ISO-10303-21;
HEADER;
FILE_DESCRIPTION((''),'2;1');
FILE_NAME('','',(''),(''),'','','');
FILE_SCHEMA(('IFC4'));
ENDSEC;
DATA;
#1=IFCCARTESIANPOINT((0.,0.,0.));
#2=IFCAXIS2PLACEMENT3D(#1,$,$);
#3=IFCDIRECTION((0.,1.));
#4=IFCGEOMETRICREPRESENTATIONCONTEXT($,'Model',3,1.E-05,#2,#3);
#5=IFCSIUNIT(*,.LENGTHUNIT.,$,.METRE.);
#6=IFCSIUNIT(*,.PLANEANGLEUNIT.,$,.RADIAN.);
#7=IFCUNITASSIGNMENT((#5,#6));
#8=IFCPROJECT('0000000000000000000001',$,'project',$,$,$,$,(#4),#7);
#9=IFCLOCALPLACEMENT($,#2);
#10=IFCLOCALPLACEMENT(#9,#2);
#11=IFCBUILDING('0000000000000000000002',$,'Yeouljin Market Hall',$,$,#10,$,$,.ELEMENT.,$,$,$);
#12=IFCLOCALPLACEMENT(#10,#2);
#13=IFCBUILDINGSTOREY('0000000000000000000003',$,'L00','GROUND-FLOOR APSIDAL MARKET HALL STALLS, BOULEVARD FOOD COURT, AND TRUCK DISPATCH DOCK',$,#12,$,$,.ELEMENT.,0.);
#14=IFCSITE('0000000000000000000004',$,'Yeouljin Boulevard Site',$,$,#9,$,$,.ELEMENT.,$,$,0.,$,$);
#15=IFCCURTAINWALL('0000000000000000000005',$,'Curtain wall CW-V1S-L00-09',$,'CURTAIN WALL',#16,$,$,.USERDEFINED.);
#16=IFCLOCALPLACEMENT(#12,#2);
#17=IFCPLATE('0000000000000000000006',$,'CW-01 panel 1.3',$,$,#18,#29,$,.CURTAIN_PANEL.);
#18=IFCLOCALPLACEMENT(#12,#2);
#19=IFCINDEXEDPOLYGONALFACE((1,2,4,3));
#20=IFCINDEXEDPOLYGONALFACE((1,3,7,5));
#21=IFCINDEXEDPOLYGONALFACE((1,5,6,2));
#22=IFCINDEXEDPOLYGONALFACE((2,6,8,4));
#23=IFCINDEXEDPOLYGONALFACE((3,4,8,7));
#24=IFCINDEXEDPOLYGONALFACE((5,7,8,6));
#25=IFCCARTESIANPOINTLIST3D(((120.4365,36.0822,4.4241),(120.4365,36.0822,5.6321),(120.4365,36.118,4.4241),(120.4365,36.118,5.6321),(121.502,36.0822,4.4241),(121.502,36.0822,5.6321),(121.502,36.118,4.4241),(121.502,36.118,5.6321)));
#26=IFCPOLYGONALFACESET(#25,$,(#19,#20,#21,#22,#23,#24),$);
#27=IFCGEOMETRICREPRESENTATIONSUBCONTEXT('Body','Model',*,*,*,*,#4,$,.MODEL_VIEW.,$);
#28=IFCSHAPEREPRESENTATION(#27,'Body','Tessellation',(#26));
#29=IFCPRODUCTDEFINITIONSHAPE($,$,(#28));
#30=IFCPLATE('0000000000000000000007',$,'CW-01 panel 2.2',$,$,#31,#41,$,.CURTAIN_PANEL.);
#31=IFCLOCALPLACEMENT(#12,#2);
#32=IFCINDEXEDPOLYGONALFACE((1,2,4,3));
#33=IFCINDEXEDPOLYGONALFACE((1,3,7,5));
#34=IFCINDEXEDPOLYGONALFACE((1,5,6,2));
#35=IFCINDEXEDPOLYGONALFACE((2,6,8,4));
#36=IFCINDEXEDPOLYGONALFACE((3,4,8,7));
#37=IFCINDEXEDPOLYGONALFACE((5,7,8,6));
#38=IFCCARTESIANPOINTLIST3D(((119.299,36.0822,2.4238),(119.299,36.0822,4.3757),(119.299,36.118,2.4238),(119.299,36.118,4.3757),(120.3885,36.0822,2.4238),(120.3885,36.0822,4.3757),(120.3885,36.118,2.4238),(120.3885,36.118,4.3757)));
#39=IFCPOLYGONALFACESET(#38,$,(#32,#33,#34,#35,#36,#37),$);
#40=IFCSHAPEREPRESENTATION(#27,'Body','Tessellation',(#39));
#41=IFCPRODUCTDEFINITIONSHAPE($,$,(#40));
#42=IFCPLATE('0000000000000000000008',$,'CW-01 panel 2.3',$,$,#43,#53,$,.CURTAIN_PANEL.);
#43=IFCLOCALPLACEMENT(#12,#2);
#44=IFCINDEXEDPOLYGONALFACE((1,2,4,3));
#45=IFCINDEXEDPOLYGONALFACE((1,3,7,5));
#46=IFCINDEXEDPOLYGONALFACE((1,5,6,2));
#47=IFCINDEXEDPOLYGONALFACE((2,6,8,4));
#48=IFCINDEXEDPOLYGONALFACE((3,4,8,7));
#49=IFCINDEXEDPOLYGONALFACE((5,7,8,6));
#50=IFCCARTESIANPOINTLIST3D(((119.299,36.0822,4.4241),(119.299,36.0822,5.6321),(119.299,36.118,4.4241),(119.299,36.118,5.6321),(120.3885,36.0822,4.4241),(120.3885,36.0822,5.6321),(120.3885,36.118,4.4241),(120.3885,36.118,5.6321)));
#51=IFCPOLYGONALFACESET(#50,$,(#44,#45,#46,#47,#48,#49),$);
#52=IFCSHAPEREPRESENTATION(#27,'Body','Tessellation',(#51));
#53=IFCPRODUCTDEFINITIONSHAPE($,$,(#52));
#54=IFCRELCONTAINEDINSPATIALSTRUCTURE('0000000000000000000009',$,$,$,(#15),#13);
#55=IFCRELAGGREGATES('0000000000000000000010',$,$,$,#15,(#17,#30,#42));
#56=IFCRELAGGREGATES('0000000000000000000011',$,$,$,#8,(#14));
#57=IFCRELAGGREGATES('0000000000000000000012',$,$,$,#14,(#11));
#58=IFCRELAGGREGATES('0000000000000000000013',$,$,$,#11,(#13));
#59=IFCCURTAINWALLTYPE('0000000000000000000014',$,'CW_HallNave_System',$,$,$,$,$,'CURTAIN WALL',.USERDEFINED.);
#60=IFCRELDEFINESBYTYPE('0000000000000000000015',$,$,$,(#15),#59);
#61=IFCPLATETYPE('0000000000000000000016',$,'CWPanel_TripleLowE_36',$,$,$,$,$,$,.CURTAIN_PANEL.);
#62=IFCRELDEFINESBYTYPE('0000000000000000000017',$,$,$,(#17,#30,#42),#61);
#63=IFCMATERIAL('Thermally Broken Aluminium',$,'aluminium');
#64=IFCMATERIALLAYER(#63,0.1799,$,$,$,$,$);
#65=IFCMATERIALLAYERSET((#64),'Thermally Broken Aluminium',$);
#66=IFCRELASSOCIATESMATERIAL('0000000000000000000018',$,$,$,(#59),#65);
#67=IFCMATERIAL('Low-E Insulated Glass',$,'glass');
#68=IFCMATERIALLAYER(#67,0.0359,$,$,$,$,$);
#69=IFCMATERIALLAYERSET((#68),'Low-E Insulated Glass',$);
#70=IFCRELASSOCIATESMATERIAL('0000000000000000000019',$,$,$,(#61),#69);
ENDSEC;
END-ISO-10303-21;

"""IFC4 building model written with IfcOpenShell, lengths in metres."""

from ifc_helpers import new_model, si_unit, direction, frame, origin, origin_2d, place, context, subcontext, project, spatial, rectangle, extrude, material, layer, layer_set, type_object, element, aggregate, save


model = new_model("IFC4")

# Units and contexts
model_context = context("Model", 3, precision=1e-05, world=origin(), true_north=direction((0.0, 1.0)))
body_context = subcontext(model_context, "Body", "Model", "MODEL_VIEW")
ifc_project = project(units=[si_unit("LENGTHUNIT", "METRE"), si_unit("PLANEANGLEUNIT", "RADIAN")], contexts=[model_context])

# Site, building, storey
site_placement = place(None, origin())
site = spatial("IfcSite", under=ifc_project, at=site_placement, Name="Yeouljin Boulevard Site", CompositionType="ELEMENT", RefElevation=0.0)
building_placement = place(site_placement, origin())
building = spatial("IfcBuilding", under=site, at=building_placement, Name="Yeouljin Market Hall", CompositionType="ELEMENT")
storey_placement = place(building_placement, origin())
storey = spatial("IfcBuildingStorey", under=building, at=storey_placement, Name="L00", Description="GROUND-FLOOR APSIDAL MARKET HALL STALLS, BOULEVARD FOOD COURT, AND TRUCK DISPATCH DOCK", CompositionType="ELEMENT", Elevation=0.0)

# Curtain wall
ifc_material_1 = material(Name="Thermally Broken Aluminium", Category="aluminium")
ifc_layer_1 = layer(ifc_material_1, 0.1799)
ifc_layer_set_1 = layer_set([ifc_layer_1], Name="Thermally Broken Aluminium")
curtain_wall_type = type_object("IfcCurtainWallType", Name="CW_HallNave_System", ElementType="CURTAIN WALL", PredefinedType="USERDEFINED", material=ifc_layer_set_1)
curtain_wall_1_placement = place(storey_placement, origin())
curtain_wall_1 = element("IfcCurtainWall", 1, at=curtain_wall_1_placement, inside=storey, type_object=curtain_wall_type, Name="Curtain wall CW-V1S-L00-09", ObjectType="CURTAIN WALL", PredefinedType="USERDEFINED")

# Plates
ifc_material_2 = material(Name="Low-E Insulated Glass", Category="glass")
ifc_layer_2 = layer(ifc_material_2, 0.0359)
ifc_layer_set_2 = layer_set([ifc_layer_2], Name="Low-E Insulated Glass")
plate_type_1 = type_object("IfcPlateType", Name="CWPanel_TripleLowE_36", PredefinedType="CURTAIN_PANEL", material=ifc_layer_set_2)
plate_1_placement = place(storey_placement, frame((120.9692, 36.1001, 4.4241), z_axis=(0.0, 0.0, 1.0), x_axis=(-1.0, 0.0, 0.0)))
plate_1 = element("IfcPlate", 2, at=plate_1_placement, type_object=plate_type_1, Name="CW-01 panel 1.3", PredefinedType="CURTAIN_PANEL", context=body_context, shape_type="SweptSolid", body=[
    extrude(rectangle(XDim=1.0654, YDim=0.0359, at=origin_2d()), origin(), (0.0, 0.0, 1.0), 1.208),
])
plate_2_placement = place(storey_placement, frame((119.8438, 36.1001, 2.4238), z_axis=(0.0, 0.0, 1.0), x_axis=(-1.0, 0.0, 0.0)))
plate_2 = element("IfcPlate", 3, at=plate_2_placement, type_object=plate_type_1, Name="CW-01 panel 2.2", PredefinedType="CURTAIN_PANEL", context=body_context, shape_type="SweptSolid", body=[
    extrude(rectangle(XDim=1.0896, YDim=0.0359, at=origin_2d()), origin(), (0.0, 0.0, 1.0), 1.9519),
])
plate_3_placement = place(storey_placement, frame((119.8438, 36.1001, 4.4241), z_axis=(0.0, 0.0, 1.0), x_axis=(-1.0, 0.0, 0.0)))
plate_3 = element("IfcPlate", 4, at=plate_3_placement, type_object=plate_type_1, Name="CW-01 panel 2.3", PredefinedType="CURTAIN_PANEL", context=body_context, shape_type="SweptSolid", body=[
    extrude(rectangle(XDim=1.0896, YDim=0.0359, at=origin_2d()), origin(), (0.0, 0.0, 1.0), 1.208),
])
aggregate(curtain_wall_1, [plate_1, plate_2, plate_3])

save(model, "model.ifc")
